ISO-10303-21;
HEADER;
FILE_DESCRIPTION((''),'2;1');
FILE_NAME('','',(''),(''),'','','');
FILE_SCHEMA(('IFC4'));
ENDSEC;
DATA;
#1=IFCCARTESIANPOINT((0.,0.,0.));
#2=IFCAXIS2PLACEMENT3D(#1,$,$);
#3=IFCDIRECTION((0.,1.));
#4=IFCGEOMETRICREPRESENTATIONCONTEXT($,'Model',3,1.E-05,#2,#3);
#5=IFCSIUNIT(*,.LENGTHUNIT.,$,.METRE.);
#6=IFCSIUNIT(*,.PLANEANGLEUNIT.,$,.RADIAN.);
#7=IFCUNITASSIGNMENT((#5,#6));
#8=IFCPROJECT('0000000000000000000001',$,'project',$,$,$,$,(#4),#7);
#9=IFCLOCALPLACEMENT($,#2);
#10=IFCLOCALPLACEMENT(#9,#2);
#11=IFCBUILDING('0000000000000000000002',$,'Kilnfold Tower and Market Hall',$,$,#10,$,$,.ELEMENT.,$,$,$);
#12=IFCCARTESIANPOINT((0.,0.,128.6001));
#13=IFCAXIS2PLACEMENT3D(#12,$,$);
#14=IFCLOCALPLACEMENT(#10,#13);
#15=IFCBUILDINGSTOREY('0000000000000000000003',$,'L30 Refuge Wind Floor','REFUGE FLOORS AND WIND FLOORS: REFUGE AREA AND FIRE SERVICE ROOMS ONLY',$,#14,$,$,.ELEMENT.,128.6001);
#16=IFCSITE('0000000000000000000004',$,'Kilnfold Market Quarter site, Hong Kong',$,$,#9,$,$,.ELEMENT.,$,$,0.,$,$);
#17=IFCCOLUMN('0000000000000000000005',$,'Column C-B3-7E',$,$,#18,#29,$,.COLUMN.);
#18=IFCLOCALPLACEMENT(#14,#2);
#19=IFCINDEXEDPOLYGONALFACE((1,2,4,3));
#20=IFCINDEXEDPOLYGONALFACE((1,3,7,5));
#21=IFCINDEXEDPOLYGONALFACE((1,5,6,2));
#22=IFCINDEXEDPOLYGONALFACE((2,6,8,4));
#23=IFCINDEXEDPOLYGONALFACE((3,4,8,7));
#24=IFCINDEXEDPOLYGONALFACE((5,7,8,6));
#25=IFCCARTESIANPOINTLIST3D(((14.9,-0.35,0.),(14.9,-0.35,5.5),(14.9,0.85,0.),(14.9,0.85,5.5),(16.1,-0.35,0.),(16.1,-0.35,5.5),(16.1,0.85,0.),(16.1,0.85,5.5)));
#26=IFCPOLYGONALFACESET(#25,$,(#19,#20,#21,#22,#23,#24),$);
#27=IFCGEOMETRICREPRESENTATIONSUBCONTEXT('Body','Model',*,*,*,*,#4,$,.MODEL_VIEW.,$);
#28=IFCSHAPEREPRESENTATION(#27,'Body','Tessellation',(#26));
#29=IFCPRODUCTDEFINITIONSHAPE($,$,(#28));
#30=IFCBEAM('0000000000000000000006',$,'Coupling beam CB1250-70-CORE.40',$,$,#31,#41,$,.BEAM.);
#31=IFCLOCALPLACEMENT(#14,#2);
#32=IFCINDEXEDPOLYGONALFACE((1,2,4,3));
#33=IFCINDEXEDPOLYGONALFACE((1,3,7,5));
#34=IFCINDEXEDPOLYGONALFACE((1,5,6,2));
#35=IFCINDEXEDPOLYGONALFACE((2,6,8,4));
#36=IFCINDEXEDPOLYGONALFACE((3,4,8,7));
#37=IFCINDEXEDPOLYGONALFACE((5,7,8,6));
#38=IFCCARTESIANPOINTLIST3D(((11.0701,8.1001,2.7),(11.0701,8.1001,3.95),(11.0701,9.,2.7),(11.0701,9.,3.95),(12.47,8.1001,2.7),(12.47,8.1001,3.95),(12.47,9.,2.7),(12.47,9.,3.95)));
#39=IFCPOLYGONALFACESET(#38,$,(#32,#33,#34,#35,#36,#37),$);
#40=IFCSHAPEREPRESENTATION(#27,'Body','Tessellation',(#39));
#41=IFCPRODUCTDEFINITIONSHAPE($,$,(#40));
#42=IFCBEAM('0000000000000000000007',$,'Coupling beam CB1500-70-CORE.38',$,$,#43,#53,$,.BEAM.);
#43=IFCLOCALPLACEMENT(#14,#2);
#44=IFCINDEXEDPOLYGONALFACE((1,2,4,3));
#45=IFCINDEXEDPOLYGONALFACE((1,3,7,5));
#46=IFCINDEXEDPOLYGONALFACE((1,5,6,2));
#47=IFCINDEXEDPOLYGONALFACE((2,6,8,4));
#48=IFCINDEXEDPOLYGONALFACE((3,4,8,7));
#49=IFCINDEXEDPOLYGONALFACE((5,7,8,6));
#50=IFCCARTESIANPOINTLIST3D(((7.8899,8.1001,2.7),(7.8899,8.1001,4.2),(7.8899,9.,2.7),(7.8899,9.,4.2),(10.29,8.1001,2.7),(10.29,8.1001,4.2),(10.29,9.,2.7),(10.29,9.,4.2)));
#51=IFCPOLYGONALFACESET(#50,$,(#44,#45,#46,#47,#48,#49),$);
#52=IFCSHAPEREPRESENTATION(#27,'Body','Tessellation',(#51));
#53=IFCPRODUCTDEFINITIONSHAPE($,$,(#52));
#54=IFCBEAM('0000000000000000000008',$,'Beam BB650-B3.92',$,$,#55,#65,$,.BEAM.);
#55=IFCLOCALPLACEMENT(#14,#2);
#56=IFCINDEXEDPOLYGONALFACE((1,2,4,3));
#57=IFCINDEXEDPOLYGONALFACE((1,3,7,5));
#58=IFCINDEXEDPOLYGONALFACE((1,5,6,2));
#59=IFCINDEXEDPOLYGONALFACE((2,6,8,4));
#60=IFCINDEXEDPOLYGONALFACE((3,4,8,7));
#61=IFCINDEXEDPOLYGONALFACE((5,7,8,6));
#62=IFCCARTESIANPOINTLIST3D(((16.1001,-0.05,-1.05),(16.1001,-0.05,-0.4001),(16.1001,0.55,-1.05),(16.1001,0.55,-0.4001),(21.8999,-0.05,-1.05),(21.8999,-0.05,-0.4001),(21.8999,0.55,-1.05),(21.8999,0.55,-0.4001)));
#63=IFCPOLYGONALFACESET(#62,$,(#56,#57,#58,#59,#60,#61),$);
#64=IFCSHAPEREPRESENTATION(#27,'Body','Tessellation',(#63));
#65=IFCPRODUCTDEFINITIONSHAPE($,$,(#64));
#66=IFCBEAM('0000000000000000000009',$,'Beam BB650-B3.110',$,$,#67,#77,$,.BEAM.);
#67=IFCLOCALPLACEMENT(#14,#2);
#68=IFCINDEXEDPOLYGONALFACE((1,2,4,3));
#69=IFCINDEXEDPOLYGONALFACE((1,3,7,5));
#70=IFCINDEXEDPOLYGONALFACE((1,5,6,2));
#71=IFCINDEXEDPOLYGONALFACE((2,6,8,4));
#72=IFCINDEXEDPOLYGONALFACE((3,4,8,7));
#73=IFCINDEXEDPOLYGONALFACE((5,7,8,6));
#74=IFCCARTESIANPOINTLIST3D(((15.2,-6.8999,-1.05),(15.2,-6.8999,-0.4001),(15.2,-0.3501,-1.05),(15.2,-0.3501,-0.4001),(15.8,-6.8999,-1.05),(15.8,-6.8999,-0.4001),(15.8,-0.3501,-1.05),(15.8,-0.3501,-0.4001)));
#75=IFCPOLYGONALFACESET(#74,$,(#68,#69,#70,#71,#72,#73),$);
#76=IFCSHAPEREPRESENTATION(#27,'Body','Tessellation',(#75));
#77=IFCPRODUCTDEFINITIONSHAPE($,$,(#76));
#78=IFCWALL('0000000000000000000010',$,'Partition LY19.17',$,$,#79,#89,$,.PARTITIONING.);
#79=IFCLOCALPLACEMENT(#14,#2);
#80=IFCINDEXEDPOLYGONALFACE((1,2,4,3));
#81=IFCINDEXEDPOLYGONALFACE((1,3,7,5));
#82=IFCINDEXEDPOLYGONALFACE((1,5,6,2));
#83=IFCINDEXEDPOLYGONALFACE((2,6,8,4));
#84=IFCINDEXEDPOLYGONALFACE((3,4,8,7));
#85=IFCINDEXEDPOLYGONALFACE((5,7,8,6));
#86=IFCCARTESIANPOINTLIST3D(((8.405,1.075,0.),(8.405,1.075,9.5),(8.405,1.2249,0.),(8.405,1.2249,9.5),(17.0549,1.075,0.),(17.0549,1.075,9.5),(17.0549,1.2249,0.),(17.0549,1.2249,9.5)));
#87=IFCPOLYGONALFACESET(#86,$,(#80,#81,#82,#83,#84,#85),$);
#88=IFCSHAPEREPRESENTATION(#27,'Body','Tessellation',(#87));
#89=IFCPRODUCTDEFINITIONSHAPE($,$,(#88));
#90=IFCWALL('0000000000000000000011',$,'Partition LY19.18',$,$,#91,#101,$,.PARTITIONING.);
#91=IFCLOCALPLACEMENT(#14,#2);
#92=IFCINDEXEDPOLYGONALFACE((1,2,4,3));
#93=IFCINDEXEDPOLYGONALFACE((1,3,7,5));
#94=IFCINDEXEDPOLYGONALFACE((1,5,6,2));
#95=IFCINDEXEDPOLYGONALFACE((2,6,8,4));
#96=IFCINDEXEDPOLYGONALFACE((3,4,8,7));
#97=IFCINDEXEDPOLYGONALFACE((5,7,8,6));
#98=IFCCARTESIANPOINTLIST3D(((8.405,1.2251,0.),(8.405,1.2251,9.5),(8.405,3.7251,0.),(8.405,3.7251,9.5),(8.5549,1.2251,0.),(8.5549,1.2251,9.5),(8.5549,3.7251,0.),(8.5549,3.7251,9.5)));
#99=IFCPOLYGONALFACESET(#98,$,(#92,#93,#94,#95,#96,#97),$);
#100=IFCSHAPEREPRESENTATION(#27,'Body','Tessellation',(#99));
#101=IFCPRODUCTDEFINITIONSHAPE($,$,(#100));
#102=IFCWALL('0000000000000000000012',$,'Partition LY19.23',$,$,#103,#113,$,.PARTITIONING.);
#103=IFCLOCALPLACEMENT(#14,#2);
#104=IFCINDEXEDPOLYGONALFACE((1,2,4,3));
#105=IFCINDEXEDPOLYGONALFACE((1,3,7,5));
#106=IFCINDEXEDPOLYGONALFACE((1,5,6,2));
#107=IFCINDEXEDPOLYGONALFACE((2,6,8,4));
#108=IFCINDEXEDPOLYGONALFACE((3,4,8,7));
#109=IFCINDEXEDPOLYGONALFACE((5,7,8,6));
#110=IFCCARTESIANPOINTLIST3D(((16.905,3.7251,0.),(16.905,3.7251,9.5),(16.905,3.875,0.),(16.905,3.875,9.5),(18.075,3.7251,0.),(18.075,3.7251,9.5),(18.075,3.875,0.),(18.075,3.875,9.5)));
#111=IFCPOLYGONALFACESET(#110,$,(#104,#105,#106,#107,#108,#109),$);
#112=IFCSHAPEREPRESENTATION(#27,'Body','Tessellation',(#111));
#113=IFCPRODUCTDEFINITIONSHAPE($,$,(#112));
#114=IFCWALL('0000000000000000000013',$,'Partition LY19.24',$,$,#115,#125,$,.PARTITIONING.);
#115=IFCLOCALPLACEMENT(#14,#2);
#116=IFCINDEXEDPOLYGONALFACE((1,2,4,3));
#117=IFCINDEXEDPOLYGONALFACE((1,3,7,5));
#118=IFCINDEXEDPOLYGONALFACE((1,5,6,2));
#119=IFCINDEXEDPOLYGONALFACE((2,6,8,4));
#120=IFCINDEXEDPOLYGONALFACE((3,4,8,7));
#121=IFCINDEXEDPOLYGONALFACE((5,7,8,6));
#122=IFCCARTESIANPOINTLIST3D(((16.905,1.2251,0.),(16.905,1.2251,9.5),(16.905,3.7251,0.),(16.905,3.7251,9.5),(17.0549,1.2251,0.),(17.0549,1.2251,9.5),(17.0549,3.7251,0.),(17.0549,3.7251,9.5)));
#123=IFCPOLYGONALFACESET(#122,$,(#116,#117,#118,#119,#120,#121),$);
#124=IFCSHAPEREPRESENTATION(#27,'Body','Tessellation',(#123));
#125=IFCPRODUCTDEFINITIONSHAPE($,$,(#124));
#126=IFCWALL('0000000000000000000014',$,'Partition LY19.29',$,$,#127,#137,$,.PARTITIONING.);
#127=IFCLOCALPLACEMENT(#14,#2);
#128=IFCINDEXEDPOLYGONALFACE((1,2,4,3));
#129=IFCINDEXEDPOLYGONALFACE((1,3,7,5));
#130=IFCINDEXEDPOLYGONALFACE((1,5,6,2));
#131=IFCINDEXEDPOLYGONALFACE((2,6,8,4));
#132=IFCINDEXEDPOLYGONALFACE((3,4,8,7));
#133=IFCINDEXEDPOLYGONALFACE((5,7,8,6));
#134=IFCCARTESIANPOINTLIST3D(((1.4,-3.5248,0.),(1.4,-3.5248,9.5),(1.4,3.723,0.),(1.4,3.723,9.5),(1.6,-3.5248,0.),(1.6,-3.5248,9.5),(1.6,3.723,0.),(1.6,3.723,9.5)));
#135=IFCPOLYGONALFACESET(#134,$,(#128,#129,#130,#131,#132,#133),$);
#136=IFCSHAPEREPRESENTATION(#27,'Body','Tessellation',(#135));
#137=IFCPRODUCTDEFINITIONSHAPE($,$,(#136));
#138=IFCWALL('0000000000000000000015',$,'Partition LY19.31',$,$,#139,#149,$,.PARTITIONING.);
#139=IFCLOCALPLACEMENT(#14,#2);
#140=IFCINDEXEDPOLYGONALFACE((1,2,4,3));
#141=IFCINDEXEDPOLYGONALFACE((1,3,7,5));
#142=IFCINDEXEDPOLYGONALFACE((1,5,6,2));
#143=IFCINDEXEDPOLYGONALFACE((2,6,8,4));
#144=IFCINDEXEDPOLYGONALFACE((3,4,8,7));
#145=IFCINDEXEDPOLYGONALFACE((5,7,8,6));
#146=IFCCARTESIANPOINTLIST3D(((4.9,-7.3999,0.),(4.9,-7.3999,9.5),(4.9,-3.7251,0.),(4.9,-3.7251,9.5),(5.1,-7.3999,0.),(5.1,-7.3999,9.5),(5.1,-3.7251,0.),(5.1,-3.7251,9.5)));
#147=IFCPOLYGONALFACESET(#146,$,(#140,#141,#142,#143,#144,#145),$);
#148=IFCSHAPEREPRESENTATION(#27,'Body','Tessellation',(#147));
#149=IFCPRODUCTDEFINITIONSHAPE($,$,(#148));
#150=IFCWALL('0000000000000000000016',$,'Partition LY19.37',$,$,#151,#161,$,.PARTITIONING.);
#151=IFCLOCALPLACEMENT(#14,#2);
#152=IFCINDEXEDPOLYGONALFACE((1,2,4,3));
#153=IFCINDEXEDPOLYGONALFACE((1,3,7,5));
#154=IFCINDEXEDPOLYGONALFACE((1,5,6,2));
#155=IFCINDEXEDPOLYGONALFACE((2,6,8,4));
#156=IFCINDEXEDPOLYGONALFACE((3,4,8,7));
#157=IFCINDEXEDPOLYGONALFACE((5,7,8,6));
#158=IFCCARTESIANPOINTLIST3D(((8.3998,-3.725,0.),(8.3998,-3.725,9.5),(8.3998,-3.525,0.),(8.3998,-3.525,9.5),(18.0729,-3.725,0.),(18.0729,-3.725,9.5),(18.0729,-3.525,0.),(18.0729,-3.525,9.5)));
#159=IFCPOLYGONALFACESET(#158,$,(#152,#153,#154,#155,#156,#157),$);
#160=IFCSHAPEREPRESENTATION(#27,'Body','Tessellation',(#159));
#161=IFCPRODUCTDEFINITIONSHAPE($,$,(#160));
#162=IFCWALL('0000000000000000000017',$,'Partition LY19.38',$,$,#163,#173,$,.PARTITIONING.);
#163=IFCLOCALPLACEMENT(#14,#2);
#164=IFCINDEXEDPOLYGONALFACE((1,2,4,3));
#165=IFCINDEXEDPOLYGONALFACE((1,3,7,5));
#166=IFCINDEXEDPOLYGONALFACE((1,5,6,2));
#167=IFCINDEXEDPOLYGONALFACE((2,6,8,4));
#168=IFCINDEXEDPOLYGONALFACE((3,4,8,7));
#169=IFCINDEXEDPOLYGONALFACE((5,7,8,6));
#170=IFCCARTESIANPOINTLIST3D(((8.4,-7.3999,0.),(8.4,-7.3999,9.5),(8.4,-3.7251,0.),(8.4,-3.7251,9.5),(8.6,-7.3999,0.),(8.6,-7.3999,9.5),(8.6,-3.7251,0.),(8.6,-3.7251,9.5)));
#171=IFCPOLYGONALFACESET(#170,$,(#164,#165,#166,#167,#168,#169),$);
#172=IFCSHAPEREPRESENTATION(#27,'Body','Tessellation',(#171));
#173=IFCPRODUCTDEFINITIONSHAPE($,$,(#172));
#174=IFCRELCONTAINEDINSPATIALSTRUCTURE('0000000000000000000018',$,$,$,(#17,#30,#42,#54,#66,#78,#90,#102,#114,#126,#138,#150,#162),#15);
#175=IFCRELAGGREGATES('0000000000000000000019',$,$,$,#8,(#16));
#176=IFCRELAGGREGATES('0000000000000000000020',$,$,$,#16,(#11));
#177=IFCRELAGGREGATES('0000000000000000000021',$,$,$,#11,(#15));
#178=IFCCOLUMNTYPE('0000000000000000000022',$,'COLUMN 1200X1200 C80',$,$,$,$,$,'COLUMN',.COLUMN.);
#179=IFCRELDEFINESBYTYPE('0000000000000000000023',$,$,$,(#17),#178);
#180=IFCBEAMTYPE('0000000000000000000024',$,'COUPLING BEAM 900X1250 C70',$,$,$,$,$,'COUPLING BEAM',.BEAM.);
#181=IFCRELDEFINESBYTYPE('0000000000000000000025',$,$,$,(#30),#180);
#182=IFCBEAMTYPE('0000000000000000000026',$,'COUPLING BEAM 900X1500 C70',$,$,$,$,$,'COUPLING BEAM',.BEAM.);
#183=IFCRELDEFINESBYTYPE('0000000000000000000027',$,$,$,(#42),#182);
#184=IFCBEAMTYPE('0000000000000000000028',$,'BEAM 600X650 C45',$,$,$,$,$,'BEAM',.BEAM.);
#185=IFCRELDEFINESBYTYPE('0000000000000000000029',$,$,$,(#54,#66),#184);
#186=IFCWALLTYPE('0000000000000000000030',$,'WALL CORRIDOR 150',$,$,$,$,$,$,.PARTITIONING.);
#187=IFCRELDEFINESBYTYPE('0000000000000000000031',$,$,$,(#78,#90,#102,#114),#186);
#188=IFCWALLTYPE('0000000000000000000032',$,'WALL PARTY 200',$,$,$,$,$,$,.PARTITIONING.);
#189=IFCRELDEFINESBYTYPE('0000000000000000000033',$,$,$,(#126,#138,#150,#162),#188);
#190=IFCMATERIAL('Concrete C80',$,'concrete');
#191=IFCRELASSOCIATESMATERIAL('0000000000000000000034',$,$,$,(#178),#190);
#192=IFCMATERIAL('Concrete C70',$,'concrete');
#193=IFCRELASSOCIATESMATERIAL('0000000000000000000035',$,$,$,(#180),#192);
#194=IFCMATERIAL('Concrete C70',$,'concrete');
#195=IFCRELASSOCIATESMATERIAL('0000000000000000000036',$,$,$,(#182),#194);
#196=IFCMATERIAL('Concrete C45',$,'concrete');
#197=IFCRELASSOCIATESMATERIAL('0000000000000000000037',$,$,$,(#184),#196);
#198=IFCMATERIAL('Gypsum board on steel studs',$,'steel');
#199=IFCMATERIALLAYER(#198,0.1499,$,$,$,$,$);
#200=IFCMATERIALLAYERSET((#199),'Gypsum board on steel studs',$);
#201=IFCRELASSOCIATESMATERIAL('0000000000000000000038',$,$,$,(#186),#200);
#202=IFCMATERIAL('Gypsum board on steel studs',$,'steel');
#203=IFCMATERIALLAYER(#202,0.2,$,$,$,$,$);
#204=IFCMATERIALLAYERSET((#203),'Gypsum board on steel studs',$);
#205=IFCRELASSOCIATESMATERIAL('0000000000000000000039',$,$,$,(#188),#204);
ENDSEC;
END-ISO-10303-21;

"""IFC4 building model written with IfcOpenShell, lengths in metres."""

from ifc_helpers import new_model, si_unit, direction, frame, frame_2d, origin, origin_2d, place, context, subcontext, project, spatial, rectangle, extrude, source, transform, mapped, material, layer, layer_set, material_profile, profile_set, type_object, element, save


model = new_model("IFC4")

# Units and contexts
model_context = context("Model", 3, precision=1e-05, world=origin(), true_north=direction((0.0, 1.0)))
body_context = subcontext(model_context, "Body", "Model", "MODEL_VIEW")
ifc_project = project(units=[si_unit("LENGTHUNIT", "METRE"), si_unit("PLANEANGLEUNIT", "RADIAN")], contexts=[model_context])

# Site, building, storey
site_placement = place(None, origin())
site = spatial("IfcSite", under=ifc_project, at=site_placement, Name="Kilnfold Market Quarter site, Hong Kong", CompositionType="ELEMENT", RefElevation=0.0)
building_placement = place(site_placement, origin())
building = spatial("IfcBuilding", under=site, at=building_placement, Name="Kilnfold Tower and Market Hall", CompositionType="ELEMENT")
storey_placement = place(building_placement, frame((0.0, 0.0, 128.6001)))
storey = spatial("IfcBuildingStorey", under=building, at=storey_placement, Name="L30 Refuge Wind Floor", Description="REFUGE FLOORS AND WIND FLOORS: REFUGE AREA AND FIRE SERVICE ROOMS ONLY", CompositionType="ELEMENT", Elevation=128.6001)

# Column
ifc_material_1 = material(Name="Concrete C80", Category="concrete")
ifc_material_profile_1 = material_profile(ifc_material_1, rectangle(XDim=1.2, YDim=1.2, at=origin_2d()), Name="RC 1200x1200")
ifc_profile_set_1 = profile_set([ifc_material_profile_1], Name="Concrete C80")
column_type = type_object("IfcColumnType", Name="COLUMN 1200X1200 C80", ElementType="COLUMN", PredefinedType="COLUMN", material=ifc_profile_set_1)
shared_shape_1 = source(origin(), body_context, "Body", "SweptSolid", [
    extrude(rectangle(XDim=1.2, YDim=1.2, at=origin_2d()), origin(), (0.0, 0.0, 1.0), 5.5),
])
column_placement = place(storey_placement, frame((15.5, 0.25, 0.0), z_axis=(0.0, 0.0, 1.0), x_axis=(1.0, 0.0, 0.0)))
element("IfcColumn", 1, at=column_placement, inside=storey, type_object=column_type, Name="Column C-B3-7E", PredefinedType="COLUMN", context=body_context, shape_type="MappedRepresentation", body=[
    mapped(shared_shape_1, transform((0.0, 0.0, 0.0))),
])

# Beams
ifc_material_2 = material(Name="Concrete C70", Category="concrete")
ifc_material_profile_2 = material_profile(ifc_material_2, rectangle(XDim=0.8999, YDim=1.25, at=origin_2d()), Name="RC 900x1250")
ifc_profile_set_2 = profile_set([ifc_material_profile_2], Name="Concrete C70")
beam_type_1 = type_object("IfcBeamType", Name="COUPLING BEAM 900X1250 C70", ElementType="COUPLING BEAM", PredefinedType="BEAM", material=ifc_profile_set_2)
shared_shape_2 = source(origin(), body_context, "Body", "SweptSolid", [
    extrude(rectangle(XDim=0.8999, YDim=1.25, at=origin_2d()), origin(), (0.0, 0.0, 1.0), 1.3999),
])
beam_1_placement = place(storey_placement, frame((11.0701, 8.55, 3.325), z_axis=(1.0, 0.0, 0.0), x_axis=(0.0, 1.0, 0.0)))
element("IfcBeam", 2, at=beam_1_placement, inside=storey, type_object=beam_type_1, Name="Coupling beam CB1250-70-CORE.40", PredefinedType="BEAM", context=body_context, shape_type="MappedRepresentation", body=[
    mapped(shared_shape_2, transform((0.0, 0.0, 0.0))),
])
ifc_material_3 = material(Name="Concrete C70", Category="concrete")
ifc_material_profile_3 = material_profile(ifc_material_3, rectangle(XDim=0.8999, YDim=1.5, at=origin_2d()), Name="RC 900x1500")
ifc_profile_set_3 = profile_set([ifc_material_profile_3], Name="Concrete C70")
beam_type_2 = type_object("IfcBeamType", Name="COUPLING BEAM 900X1500 C70", ElementType="COUPLING BEAM", PredefinedType="BEAM", material=ifc_profile_set_3)
shared_shape_3 = source(origin(), body_context, "Body", "SweptSolid", [
    extrude(rectangle(XDim=0.8999, YDim=1.5, at=origin_2d()), origin(), (0.0, 0.0, 1.0), 2.4001),
])
beam_2_placement = place(storey_placement, frame((7.8899, 8.55, 3.45), z_axis=(1.0, 0.0, 0.0), x_axis=(0.0, 1.0, 0.0)))
element("IfcBeam", 3, at=beam_2_placement, inside=storey, type_object=beam_type_2, Name="Coupling beam CB1500-70-CORE.38", PredefinedType="BEAM", context=body_context, shape_type="MappedRepresentation", body=[
    mapped(shared_shape_3, transform((0.0, 0.0, 0.0))),
])
ifc_material_4 = material(Name="Concrete C45", Category="concrete")
ifc_material_profile_4 = material_profile(ifc_material_4, rectangle(XDim=0.6001, YDim=0.6499, at=origin_2d()), Name="RC 600x650")
ifc_profile_set_4 = profile_set([ifc_material_profile_4], Name="Concrete C45")
beam_type_3 = type_object("IfcBeamType", Name="BEAM 600X650 C45", ElementType="BEAM", PredefinedType="BEAM", material=ifc_profile_set_4)
shared_shape_4 = source(origin(), body_context, "Body", "SweptSolid", [
    extrude(rectangle(XDim=0.6001, YDim=0.6499, at=origin_2d()), origin(), (0.0, 0.0, 1.0), 5.7998),
])
beam_3_placement = place(storey_placement, frame((16.1001, 0.25, -0.7251), z_axis=(1.0, 0.0, 0.0), x_axis=(0.0, 1.0, 0.0)))
element("IfcBeam", 4, at=beam_3_placement, inside=storey, type_object=beam_type_3, Name="Beam BB650-B3.92", PredefinedType="BEAM", context=body_context, shape_type="MappedRepresentation", body=[
    mapped(shared_shape_4, transform((0.0, 0.0, 0.0))),
])
shared_shape_5 = source(origin(), body_context, "Body", "SweptSolid", [
    extrude(rectangle(XDim=0.6001, YDim=0.6499, at=origin_2d()), origin(), (0.0, 0.0, 1.0), 6.5498),
])
beam_4_placement = place(storey_placement, frame((15.5, -6.8999, -0.7251), z_axis=(0.0, 1.0, 0.0), x_axis=(-1.0, 0.0, 0.0)))
element("IfcBeam", 5, at=beam_4_placement, inside=storey, type_object=beam_type_3, Name="Beam BB650-B3.110", PredefinedType="BEAM", context=body_context, shape_type="MappedRepresentation", body=[
    mapped(shared_shape_5, transform((0.0, 0.0, 0.0))),
])

# Walls
ifc_material_5 = material(Name="Gypsum board on steel studs", Category="steel")
ifc_layer_1 = layer(ifc_material_5, 0.1499)
ifc_layer_set_1 = layer_set([ifc_layer_1], Name="Gypsum board on steel studs")
wall_type_1 = type_object("IfcWallType", Name="WALL CORRIDOR 150", PredefinedType="PARTITIONING", material=ifc_layer_set_1)
wall_1_placement = place(storey_placement, frame((8.405, 1.1499, 0.0), z_axis=(0.0, 0.0, 1.0), x_axis=(1.0, 0.0, 0.0)))
element("IfcWall", 6, at=wall_1_placement, inside=storey, type_object=wall_type_1, Name="Partition LY19.17", PredefinedType="PARTITIONING", context=body_context, shape_type="SweptSolid", body=[
    extrude(rectangle(XDim=8.6499, YDim=0.1499, at=frame_2d((4.325, 0.0))), origin(), (0.0, 0.0, 1.0), 9.5),
])
wall_2_placement = place(storey_placement, frame((8.48, 3.7251, 0.0), z_axis=(0.0, 0.0, 1.0), x_axis=(0.0, -1.0, 0.0)))
element("IfcWall", 7, at=wall_2_placement, inside=storey, type_object=wall_type_1, Name="Partition LY19.18", PredefinedType="PARTITIONING", context=body_context, shape_type="SweptSolid", body=[
    extrude(rectangle(XDim=2.5, YDim=0.1499, at=frame_2d((1.25, 0.0))), origin(), (0.0, 0.0, 1.0), 9.5),
])
wall_3_placement = place(storey_placement, frame((16.905, 3.8, 0.0), z_axis=(0.0, 0.0, 1.0), x_axis=(1.0, 0.0, 0.0)))
element("IfcWall", 8, at=wall_3_placement, inside=storey, type_object=wall_type_1, Name="Partition LY19.23", PredefinedType="PARTITIONING", context=body_context, shape_type="SweptSolid", body=[
    extrude(rectangle(XDim=1.1699, YDim=0.1499, at=frame_2d((0.585, 0.0))), origin(), (0.0, 0.0, 1.0), 9.5),
])
wall_4_placement = place(storey_placement, frame((16.98, 1.2251, 0.0), z_axis=(0.0, 0.0, 1.0), x_axis=(0.0, 1.0, 0.0)))
element("IfcWall", 9, at=wall_4_placement, inside=storey, type_object=wall_type_1, Name="Partition LY19.24", PredefinedType="PARTITIONING", context=body_context, shape_type="SweptSolid", body=[
    extrude(rectangle(XDim=2.5, YDim=0.1499, at=frame_2d((1.25, 0.0))), origin(), (0.0, 0.0, 1.0), 9.5),
])
ifc_material_6 = material(Name="Gypsum board on steel studs", Category="steel")
ifc_layer_2 = layer(ifc_material_6, 0.2)
ifc_layer_set_2 = layer_set([ifc_layer_2], Name="Gypsum board on steel studs")
wall_type_2 = type_object("IfcWallType", Name="WALL PARTY 200", PredefinedType="PARTITIONING", material=ifc_layer_set_2)
wall_5_placement = place(storey_placement, frame((1.5, -3.5249, 0.0), z_axis=(0.0, 0.0, 1.0), x_axis=(0.0, 1.0, 0.0)))
element("IfcWall", 10, at=wall_5_placement, inside=storey, type_object=wall_type_2, Name="Partition LY19.29", PredefinedType="PARTITIONING", context=body_context, shape_type="SweptSolid", body=[
    extrude(rectangle(XDim=7.2478, YDim=0.2, at=frame_2d((3.624, 0.0))), origin(), (0.0, 0.0, 1.0), 9.5),
])
wall_6_placement = place(storey_placement, frame((5.0, -7.3999, 0.0), z_axis=(0.0, 0.0, 1.0), x_axis=(0.0, 1.0, 0.0)))
element("IfcWall", 11, at=wall_6_placement, inside=storey, type_object=wall_type_2, Name="Partition LY19.31", PredefinedType="PARTITIONING", context=body_context, shape_type="SweptSolid", body=[
    extrude(rectangle(XDim=3.6748, YDim=0.2, at=frame_2d((1.8374, 0.0))), origin(), (0.0, 0.0, 1.0), 9.5),
])
wall_7_placement = place(storey_placement, frame((8.3999, -3.625, 0.0), z_axis=(0.0, 0.0, 1.0), x_axis=(1.0, 0.0, 0.0)))
element("IfcWall", 12, at=wall_7_placement, inside=storey, type_object=wall_type_2, Name="Partition LY19.37", PredefinedType="PARTITIONING", context=body_context, shape_type="SweptSolid", body=[
    extrude(rectangle(XDim=9.6731, YDim=0.2, at=frame_2d((4.8364, 0.0))), origin(), (0.0, 0.0, 1.0), 9.5),
])
wall_8_placement = place(storey_placement, frame((8.5, -7.3999, 0.0), z_axis=(0.0, 0.0, 1.0), x_axis=(0.0, 1.0, 0.0)))
element("IfcWall", 13, at=wall_8_placement, inside=storey, type_object=wall_type_2, Name="Partition LY19.38", PredefinedType="PARTITIONING", context=body_context, shape_type="SweptSolid", body=[
    extrude(rectangle(XDim=3.6748, YDim=0.2, at=frame_2d((1.8374, 0.0))), origin(), (0.0, 0.0, 1.0), 9.5),
])

save(model, "model.ifc")
